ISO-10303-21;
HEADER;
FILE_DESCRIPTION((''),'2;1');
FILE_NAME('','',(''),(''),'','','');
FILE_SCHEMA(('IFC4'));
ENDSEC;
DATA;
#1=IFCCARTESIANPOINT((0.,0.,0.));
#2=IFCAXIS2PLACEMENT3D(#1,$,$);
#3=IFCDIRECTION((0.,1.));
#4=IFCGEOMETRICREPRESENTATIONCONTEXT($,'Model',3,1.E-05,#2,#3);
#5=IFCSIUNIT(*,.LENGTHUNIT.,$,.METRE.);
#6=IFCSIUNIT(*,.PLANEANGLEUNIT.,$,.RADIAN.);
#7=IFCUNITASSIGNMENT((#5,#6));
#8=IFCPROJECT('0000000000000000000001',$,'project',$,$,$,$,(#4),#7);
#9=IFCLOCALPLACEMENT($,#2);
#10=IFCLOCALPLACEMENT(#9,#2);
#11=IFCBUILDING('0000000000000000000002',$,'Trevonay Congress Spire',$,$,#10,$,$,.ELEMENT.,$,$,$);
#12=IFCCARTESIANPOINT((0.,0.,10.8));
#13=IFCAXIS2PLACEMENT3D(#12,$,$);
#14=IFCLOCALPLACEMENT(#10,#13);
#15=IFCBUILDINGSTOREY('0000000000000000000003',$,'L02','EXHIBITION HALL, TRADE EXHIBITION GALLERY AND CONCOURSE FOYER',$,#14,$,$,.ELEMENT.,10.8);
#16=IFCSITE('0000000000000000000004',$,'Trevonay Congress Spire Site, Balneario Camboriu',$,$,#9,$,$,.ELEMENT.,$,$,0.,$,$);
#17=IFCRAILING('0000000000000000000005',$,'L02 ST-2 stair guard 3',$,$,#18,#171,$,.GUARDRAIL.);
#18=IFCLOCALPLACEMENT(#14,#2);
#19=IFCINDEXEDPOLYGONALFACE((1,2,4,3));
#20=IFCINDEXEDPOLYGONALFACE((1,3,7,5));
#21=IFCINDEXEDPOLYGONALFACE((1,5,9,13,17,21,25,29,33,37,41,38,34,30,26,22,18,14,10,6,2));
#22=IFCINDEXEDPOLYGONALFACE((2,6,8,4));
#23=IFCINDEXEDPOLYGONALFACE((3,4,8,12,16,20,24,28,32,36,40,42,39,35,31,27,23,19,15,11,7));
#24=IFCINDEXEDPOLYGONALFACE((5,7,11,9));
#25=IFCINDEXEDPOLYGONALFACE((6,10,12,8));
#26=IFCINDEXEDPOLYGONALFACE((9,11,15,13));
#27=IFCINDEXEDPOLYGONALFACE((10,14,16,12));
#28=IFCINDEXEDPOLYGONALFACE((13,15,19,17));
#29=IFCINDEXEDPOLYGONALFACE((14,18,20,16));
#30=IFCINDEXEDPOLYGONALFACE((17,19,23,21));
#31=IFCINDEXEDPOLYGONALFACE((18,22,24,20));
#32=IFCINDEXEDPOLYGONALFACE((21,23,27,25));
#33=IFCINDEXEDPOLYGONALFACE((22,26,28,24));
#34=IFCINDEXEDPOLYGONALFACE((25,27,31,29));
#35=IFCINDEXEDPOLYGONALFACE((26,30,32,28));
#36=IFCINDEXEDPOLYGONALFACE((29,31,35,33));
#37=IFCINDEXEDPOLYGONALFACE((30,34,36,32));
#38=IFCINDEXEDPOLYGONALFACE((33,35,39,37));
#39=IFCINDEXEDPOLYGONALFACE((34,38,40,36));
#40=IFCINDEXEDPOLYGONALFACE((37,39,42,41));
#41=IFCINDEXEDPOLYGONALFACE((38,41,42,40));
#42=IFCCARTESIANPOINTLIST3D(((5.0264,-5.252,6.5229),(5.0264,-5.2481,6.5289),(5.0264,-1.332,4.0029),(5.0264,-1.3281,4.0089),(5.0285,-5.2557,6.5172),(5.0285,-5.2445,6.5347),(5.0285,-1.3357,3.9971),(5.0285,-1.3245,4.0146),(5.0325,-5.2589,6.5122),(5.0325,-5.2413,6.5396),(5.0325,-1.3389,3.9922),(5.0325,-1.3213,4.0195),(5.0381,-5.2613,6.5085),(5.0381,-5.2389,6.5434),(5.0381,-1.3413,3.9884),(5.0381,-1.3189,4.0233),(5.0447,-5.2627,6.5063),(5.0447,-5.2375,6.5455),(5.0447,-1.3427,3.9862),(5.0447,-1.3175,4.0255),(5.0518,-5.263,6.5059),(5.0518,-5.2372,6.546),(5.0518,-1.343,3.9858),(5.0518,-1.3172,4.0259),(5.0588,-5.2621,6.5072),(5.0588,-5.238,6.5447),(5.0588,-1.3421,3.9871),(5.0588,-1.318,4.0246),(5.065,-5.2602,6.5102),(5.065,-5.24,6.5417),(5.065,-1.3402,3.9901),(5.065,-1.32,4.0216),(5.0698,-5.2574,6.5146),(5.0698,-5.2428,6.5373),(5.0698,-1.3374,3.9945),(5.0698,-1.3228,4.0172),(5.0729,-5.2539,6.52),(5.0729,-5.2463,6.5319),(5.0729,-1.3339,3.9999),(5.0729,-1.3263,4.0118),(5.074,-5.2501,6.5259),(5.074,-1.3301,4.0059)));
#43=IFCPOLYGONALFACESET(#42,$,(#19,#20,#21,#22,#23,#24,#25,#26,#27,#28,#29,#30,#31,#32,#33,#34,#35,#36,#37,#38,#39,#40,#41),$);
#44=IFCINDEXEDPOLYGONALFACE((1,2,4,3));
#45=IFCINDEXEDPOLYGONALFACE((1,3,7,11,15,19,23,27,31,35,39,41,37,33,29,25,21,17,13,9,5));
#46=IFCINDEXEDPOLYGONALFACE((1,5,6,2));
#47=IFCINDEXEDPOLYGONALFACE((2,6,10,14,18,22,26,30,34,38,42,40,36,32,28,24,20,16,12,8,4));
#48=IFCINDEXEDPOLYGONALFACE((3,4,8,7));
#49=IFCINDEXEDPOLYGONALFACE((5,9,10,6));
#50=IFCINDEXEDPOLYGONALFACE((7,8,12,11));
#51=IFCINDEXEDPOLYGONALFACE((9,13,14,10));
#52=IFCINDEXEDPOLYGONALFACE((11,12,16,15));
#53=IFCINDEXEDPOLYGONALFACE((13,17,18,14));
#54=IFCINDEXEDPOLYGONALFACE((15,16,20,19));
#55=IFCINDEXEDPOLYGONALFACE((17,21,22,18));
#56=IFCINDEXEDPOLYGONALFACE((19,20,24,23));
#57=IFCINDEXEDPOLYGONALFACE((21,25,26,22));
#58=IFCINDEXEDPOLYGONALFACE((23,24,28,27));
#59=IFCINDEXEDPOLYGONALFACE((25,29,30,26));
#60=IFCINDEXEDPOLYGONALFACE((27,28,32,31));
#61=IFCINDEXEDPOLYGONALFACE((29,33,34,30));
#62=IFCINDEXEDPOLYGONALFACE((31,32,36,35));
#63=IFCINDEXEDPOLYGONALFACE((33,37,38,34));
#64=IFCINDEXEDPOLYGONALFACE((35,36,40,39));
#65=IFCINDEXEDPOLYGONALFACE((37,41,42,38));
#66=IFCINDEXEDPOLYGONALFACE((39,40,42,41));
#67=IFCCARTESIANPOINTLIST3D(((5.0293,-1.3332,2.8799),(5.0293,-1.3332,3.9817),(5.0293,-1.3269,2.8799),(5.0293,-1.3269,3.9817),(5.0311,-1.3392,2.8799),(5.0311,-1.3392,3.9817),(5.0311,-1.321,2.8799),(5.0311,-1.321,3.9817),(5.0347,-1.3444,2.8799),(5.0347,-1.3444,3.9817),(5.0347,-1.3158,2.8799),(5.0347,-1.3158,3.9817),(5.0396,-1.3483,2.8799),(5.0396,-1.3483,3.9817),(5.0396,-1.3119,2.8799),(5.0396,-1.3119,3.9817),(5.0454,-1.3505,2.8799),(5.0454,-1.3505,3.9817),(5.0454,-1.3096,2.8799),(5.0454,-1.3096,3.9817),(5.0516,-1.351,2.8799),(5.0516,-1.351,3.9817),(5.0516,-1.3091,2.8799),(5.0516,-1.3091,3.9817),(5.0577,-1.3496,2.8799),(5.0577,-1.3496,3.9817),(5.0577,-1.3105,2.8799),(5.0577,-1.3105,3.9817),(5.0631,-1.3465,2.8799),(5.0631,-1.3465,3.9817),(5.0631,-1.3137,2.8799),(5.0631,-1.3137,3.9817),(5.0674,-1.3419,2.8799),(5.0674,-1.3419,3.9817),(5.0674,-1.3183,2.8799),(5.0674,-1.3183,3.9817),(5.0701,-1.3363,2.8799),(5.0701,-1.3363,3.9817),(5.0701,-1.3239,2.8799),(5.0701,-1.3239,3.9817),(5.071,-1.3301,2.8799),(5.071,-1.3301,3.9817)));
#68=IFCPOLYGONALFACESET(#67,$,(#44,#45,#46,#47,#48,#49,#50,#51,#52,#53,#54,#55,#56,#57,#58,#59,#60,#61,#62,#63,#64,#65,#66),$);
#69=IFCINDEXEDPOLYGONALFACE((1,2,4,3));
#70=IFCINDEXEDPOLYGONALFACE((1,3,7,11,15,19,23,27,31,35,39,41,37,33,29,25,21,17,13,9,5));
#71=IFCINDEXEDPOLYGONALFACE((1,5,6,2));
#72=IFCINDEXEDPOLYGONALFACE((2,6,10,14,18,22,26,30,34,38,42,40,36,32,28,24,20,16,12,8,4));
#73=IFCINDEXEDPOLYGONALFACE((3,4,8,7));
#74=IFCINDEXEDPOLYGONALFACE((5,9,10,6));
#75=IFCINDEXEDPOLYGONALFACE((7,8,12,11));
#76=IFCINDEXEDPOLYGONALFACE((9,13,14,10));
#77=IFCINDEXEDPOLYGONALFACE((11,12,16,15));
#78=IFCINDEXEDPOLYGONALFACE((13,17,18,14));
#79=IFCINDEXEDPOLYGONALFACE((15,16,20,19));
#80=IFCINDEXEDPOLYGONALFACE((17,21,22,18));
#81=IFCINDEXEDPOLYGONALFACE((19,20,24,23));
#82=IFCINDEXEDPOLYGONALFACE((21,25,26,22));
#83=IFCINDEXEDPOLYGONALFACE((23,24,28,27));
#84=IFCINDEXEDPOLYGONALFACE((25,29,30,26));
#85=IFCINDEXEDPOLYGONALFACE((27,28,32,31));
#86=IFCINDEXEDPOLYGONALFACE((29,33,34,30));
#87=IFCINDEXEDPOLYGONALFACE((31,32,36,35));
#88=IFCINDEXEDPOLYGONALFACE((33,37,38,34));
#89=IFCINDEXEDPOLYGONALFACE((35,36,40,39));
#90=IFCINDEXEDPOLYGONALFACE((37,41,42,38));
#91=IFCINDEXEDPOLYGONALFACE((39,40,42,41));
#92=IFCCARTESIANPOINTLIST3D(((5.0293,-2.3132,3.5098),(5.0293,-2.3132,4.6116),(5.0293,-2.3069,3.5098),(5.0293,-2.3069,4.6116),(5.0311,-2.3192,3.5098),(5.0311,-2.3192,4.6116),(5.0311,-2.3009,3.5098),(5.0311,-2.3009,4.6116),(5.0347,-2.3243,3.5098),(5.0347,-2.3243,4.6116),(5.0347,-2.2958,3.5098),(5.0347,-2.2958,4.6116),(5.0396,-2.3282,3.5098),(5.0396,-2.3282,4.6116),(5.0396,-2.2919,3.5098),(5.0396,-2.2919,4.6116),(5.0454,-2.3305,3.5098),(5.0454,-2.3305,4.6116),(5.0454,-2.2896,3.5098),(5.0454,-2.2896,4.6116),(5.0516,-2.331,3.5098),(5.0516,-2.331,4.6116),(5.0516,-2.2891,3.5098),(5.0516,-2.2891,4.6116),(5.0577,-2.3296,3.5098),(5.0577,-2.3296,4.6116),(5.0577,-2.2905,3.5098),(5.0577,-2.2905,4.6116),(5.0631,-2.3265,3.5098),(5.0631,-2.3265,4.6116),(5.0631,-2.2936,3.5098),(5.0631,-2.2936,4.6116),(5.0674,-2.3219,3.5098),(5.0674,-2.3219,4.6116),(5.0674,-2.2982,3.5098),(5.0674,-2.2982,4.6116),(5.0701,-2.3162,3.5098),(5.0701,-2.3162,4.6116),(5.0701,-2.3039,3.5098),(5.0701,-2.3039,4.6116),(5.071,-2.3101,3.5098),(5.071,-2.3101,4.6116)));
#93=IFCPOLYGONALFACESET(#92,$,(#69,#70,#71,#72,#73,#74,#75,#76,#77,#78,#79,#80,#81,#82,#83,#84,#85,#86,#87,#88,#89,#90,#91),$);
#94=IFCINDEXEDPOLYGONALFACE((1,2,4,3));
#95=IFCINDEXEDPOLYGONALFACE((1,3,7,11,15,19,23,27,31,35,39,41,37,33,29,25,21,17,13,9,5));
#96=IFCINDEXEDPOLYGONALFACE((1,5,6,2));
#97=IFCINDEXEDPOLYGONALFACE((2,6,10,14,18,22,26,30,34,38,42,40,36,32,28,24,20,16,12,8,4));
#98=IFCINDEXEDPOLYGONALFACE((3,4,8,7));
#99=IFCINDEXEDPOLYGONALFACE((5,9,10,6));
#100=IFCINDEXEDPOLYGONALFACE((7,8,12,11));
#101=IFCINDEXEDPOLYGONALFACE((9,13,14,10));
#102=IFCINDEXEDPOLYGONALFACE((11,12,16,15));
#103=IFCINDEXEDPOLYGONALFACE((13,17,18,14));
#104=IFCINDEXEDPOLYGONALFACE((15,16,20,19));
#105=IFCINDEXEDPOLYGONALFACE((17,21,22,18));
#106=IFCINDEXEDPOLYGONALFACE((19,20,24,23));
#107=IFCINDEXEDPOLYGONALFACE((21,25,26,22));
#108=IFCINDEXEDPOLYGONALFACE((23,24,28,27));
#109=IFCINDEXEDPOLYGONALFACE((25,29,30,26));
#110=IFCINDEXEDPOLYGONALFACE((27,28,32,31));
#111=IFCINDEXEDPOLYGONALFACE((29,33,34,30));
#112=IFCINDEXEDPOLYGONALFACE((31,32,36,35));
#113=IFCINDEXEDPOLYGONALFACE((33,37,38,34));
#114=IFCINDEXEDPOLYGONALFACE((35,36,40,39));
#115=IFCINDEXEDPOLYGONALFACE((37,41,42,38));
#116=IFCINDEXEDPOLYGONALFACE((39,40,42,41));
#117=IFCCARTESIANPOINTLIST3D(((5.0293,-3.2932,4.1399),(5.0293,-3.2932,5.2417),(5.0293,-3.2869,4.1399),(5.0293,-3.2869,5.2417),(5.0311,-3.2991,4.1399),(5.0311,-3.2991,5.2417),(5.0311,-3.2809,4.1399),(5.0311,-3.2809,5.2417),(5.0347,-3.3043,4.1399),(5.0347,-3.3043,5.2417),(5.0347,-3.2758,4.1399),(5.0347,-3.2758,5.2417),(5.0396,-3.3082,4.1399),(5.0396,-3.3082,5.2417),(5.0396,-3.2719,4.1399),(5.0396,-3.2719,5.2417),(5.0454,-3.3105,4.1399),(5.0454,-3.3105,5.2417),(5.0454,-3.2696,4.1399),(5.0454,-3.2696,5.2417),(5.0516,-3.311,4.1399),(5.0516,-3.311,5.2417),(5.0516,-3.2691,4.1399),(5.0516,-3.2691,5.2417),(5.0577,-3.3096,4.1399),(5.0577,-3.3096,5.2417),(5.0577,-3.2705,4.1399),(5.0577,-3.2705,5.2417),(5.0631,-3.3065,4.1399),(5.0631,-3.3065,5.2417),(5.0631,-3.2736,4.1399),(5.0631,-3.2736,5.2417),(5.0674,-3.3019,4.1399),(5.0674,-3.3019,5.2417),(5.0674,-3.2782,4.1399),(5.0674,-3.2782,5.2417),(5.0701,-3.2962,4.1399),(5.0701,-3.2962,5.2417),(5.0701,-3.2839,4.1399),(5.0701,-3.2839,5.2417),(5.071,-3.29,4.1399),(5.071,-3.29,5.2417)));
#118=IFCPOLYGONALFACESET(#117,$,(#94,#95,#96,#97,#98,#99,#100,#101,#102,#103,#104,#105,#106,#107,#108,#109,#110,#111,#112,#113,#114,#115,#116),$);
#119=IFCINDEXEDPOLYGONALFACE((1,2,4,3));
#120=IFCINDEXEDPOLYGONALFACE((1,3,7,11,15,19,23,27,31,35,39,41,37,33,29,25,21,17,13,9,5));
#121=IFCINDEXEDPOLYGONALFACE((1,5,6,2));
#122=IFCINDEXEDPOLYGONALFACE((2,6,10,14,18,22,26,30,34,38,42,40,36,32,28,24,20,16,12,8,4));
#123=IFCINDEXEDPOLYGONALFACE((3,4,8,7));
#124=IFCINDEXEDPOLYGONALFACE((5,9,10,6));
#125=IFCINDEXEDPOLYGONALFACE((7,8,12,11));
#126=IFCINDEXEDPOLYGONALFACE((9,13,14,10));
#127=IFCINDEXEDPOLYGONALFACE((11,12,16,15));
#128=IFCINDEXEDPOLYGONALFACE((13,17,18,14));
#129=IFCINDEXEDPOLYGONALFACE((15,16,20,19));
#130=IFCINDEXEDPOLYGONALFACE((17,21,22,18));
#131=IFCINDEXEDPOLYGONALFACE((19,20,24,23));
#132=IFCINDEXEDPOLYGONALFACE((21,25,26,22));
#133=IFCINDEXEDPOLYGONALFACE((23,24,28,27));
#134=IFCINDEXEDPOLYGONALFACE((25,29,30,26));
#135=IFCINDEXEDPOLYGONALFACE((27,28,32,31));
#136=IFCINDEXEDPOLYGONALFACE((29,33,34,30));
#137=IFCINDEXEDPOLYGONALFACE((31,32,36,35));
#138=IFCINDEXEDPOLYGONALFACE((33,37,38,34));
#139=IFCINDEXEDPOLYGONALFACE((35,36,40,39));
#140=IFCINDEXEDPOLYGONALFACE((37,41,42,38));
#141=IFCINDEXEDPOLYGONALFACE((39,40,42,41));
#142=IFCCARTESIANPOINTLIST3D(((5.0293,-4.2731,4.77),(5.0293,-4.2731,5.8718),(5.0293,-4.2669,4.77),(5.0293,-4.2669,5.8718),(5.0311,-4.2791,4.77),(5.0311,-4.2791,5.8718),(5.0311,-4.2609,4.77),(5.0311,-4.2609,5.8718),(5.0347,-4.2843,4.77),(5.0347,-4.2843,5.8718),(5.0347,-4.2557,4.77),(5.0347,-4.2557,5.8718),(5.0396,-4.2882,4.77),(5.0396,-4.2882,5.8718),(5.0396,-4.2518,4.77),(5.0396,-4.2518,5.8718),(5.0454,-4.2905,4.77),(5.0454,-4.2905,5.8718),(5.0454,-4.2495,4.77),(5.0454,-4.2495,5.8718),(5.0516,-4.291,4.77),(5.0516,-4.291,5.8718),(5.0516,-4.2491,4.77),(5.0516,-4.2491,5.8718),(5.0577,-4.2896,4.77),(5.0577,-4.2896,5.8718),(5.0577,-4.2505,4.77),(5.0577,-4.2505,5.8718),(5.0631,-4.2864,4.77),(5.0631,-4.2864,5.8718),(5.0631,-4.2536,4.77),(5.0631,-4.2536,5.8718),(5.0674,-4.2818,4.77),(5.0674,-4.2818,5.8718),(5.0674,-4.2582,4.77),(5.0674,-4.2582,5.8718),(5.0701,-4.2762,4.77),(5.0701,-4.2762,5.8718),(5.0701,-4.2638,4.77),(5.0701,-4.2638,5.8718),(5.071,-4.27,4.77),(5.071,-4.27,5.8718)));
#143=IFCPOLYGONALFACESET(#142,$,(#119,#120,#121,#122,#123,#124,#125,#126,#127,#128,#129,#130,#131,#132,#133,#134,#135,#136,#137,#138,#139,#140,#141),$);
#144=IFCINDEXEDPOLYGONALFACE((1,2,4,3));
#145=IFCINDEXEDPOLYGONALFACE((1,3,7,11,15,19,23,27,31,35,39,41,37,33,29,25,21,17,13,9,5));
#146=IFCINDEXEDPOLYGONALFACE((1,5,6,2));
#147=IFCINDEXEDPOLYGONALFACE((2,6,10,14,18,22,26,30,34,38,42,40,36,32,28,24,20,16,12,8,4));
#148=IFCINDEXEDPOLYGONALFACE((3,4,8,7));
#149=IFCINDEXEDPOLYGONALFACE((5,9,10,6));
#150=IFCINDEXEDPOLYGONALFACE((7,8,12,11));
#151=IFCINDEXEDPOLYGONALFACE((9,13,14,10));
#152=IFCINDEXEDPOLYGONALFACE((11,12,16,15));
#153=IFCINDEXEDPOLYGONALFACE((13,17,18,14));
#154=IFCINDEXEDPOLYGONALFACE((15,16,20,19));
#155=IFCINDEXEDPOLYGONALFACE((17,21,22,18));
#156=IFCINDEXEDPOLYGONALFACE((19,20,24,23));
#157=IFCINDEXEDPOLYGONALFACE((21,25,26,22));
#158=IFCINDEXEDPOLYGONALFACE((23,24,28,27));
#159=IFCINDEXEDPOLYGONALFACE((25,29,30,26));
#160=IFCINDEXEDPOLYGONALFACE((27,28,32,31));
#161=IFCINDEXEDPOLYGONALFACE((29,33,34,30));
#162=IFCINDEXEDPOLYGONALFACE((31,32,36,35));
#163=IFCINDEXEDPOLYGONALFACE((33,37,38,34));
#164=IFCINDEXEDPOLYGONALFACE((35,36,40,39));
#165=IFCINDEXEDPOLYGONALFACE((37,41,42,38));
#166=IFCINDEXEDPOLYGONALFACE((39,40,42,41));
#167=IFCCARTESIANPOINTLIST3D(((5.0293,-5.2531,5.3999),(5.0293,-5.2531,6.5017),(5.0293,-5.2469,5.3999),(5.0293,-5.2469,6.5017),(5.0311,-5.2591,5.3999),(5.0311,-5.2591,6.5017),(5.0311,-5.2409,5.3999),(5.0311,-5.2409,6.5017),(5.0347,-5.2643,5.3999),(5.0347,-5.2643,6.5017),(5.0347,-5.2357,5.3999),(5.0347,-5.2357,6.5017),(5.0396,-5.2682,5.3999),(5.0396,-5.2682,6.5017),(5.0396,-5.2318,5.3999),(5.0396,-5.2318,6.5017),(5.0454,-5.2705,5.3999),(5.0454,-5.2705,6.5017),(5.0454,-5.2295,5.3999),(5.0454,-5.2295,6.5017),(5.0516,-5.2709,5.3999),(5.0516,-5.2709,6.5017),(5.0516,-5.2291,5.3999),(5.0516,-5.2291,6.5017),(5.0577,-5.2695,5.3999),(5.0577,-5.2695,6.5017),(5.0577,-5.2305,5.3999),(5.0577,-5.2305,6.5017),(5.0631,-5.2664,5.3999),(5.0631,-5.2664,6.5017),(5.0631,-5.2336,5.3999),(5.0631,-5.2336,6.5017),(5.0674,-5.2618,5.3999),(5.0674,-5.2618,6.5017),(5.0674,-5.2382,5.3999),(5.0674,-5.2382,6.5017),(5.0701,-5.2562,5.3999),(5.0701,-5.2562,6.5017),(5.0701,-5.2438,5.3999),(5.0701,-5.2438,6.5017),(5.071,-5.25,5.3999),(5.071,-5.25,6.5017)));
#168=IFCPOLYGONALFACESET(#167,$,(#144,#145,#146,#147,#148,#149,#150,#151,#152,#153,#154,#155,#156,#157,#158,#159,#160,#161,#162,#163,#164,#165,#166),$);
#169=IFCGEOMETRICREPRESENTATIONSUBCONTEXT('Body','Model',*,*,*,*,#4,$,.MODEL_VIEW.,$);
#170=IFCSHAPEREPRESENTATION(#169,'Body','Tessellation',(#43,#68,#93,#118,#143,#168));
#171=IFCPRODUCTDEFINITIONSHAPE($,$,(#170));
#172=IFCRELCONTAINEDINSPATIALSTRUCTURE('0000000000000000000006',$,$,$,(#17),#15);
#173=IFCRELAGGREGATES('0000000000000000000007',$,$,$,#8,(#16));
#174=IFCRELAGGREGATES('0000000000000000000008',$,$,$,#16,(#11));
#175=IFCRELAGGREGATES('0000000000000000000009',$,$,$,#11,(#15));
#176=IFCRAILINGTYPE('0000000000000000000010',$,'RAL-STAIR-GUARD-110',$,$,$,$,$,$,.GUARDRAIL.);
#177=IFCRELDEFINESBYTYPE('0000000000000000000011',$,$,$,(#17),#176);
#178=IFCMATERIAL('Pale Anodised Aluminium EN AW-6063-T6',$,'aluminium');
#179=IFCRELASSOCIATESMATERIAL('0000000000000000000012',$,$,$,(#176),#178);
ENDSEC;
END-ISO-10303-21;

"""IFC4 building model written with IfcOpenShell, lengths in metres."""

from ifc_helpers import new_model, si_unit, direction, frame, origin, origin_2d, place, context, subcontext, project, spatial, circle, extrude, material, type_object, element, save


model = new_model("IFC4")

# Units and contexts
model_context = context("Model", 3, precision=1e-05, world=origin(), true_north=direction((0.0, 1.0)))
body_context = subcontext(model_context, "Body", "Model", "MODEL_VIEW")
ifc_project = project(units=[si_unit("LENGTHUNIT", "METRE"), si_unit("PLANEANGLEUNIT", "RADIAN")], contexts=[model_context])

# Site, building, storey
site_placement = place(None, origin())
site = spatial("IfcSite", under=ifc_project, at=site_placement, Name="Trevonay Congress Spire Site, Balneario Camboriu", CompositionType="ELEMENT", RefElevation=0.0)
building_placement = place(site_placement, origin())
building = spatial("IfcBuilding", under=site, at=building_placement, Name="Trevonay Congress Spire", CompositionType="ELEMENT")
storey_placement = place(building_placement, frame((0.0, 0.0, 10.8)))
storey = spatial("IfcBuildingStorey", under=building, at=storey_placement, Name="L02", Description="EXHIBITION HALL, TRADE EXHIBITION GALLERY AND CONCOURSE FOYER", CompositionType="ELEMENT", Elevation=10.8)

# Railing
ifc_material_1 = material(Name="Pale Anodised Aluminium EN AW-6063-T6", Category="aluminium")
railing_type_1 = type_object("IfcRailingType", Name="RAL-STAIR-GUARD-110", PredefinedType="GUARDRAIL", material=ifc_material_1)
railing_1_placement = place(storey_placement, frame((5.05, -1.3301, 2.8799)))
element("IfcRailing", 1, at=railing_1_placement, inside=storey, type_object=railing_type_1, Name="L02 ST-2 stair guard 3", PredefinedType="GUARDRAIL", context=body_context, shape_type="SweptSolid", body=[
    extrude(circle(Radius=0.0239, at=origin_2d()), frame((0.0, 0.0, 1.126), z_axis=(0.0, -0.841172, 0.540768), x_axis=(1.0, 0.0, 0.0)), (0.0, 0.0, 1.0), 4.6602),
    extrude(circle(Radius=0.021, at=origin_2d()), origin(), (0.0, 0.0, 1.0), 1.1018),
    extrude(circle(Radius=0.021, at=origin_2d()), frame((0.0, -0.98, 0.6299)), (0.0, 0.0, 1.0), 1.1018),
    extrude(circle(Radius=0.021, at=origin_2d()), frame((0.0, -1.96, 1.26)), (0.0, 0.0, 1.0), 1.1018),
    extrude(circle(Radius=0.021, at=origin_2d()), frame((0.0, -2.9399, 1.8901)), (0.0, 0.0, 1.0), 1.1018),
    extrude(circle(Radius=0.021, at=origin_2d()), frame((0.0, -3.9199, 2.52)), (0.0, 0.0, 1.0), 1.1018),
])

save(model, "model.ifc")
